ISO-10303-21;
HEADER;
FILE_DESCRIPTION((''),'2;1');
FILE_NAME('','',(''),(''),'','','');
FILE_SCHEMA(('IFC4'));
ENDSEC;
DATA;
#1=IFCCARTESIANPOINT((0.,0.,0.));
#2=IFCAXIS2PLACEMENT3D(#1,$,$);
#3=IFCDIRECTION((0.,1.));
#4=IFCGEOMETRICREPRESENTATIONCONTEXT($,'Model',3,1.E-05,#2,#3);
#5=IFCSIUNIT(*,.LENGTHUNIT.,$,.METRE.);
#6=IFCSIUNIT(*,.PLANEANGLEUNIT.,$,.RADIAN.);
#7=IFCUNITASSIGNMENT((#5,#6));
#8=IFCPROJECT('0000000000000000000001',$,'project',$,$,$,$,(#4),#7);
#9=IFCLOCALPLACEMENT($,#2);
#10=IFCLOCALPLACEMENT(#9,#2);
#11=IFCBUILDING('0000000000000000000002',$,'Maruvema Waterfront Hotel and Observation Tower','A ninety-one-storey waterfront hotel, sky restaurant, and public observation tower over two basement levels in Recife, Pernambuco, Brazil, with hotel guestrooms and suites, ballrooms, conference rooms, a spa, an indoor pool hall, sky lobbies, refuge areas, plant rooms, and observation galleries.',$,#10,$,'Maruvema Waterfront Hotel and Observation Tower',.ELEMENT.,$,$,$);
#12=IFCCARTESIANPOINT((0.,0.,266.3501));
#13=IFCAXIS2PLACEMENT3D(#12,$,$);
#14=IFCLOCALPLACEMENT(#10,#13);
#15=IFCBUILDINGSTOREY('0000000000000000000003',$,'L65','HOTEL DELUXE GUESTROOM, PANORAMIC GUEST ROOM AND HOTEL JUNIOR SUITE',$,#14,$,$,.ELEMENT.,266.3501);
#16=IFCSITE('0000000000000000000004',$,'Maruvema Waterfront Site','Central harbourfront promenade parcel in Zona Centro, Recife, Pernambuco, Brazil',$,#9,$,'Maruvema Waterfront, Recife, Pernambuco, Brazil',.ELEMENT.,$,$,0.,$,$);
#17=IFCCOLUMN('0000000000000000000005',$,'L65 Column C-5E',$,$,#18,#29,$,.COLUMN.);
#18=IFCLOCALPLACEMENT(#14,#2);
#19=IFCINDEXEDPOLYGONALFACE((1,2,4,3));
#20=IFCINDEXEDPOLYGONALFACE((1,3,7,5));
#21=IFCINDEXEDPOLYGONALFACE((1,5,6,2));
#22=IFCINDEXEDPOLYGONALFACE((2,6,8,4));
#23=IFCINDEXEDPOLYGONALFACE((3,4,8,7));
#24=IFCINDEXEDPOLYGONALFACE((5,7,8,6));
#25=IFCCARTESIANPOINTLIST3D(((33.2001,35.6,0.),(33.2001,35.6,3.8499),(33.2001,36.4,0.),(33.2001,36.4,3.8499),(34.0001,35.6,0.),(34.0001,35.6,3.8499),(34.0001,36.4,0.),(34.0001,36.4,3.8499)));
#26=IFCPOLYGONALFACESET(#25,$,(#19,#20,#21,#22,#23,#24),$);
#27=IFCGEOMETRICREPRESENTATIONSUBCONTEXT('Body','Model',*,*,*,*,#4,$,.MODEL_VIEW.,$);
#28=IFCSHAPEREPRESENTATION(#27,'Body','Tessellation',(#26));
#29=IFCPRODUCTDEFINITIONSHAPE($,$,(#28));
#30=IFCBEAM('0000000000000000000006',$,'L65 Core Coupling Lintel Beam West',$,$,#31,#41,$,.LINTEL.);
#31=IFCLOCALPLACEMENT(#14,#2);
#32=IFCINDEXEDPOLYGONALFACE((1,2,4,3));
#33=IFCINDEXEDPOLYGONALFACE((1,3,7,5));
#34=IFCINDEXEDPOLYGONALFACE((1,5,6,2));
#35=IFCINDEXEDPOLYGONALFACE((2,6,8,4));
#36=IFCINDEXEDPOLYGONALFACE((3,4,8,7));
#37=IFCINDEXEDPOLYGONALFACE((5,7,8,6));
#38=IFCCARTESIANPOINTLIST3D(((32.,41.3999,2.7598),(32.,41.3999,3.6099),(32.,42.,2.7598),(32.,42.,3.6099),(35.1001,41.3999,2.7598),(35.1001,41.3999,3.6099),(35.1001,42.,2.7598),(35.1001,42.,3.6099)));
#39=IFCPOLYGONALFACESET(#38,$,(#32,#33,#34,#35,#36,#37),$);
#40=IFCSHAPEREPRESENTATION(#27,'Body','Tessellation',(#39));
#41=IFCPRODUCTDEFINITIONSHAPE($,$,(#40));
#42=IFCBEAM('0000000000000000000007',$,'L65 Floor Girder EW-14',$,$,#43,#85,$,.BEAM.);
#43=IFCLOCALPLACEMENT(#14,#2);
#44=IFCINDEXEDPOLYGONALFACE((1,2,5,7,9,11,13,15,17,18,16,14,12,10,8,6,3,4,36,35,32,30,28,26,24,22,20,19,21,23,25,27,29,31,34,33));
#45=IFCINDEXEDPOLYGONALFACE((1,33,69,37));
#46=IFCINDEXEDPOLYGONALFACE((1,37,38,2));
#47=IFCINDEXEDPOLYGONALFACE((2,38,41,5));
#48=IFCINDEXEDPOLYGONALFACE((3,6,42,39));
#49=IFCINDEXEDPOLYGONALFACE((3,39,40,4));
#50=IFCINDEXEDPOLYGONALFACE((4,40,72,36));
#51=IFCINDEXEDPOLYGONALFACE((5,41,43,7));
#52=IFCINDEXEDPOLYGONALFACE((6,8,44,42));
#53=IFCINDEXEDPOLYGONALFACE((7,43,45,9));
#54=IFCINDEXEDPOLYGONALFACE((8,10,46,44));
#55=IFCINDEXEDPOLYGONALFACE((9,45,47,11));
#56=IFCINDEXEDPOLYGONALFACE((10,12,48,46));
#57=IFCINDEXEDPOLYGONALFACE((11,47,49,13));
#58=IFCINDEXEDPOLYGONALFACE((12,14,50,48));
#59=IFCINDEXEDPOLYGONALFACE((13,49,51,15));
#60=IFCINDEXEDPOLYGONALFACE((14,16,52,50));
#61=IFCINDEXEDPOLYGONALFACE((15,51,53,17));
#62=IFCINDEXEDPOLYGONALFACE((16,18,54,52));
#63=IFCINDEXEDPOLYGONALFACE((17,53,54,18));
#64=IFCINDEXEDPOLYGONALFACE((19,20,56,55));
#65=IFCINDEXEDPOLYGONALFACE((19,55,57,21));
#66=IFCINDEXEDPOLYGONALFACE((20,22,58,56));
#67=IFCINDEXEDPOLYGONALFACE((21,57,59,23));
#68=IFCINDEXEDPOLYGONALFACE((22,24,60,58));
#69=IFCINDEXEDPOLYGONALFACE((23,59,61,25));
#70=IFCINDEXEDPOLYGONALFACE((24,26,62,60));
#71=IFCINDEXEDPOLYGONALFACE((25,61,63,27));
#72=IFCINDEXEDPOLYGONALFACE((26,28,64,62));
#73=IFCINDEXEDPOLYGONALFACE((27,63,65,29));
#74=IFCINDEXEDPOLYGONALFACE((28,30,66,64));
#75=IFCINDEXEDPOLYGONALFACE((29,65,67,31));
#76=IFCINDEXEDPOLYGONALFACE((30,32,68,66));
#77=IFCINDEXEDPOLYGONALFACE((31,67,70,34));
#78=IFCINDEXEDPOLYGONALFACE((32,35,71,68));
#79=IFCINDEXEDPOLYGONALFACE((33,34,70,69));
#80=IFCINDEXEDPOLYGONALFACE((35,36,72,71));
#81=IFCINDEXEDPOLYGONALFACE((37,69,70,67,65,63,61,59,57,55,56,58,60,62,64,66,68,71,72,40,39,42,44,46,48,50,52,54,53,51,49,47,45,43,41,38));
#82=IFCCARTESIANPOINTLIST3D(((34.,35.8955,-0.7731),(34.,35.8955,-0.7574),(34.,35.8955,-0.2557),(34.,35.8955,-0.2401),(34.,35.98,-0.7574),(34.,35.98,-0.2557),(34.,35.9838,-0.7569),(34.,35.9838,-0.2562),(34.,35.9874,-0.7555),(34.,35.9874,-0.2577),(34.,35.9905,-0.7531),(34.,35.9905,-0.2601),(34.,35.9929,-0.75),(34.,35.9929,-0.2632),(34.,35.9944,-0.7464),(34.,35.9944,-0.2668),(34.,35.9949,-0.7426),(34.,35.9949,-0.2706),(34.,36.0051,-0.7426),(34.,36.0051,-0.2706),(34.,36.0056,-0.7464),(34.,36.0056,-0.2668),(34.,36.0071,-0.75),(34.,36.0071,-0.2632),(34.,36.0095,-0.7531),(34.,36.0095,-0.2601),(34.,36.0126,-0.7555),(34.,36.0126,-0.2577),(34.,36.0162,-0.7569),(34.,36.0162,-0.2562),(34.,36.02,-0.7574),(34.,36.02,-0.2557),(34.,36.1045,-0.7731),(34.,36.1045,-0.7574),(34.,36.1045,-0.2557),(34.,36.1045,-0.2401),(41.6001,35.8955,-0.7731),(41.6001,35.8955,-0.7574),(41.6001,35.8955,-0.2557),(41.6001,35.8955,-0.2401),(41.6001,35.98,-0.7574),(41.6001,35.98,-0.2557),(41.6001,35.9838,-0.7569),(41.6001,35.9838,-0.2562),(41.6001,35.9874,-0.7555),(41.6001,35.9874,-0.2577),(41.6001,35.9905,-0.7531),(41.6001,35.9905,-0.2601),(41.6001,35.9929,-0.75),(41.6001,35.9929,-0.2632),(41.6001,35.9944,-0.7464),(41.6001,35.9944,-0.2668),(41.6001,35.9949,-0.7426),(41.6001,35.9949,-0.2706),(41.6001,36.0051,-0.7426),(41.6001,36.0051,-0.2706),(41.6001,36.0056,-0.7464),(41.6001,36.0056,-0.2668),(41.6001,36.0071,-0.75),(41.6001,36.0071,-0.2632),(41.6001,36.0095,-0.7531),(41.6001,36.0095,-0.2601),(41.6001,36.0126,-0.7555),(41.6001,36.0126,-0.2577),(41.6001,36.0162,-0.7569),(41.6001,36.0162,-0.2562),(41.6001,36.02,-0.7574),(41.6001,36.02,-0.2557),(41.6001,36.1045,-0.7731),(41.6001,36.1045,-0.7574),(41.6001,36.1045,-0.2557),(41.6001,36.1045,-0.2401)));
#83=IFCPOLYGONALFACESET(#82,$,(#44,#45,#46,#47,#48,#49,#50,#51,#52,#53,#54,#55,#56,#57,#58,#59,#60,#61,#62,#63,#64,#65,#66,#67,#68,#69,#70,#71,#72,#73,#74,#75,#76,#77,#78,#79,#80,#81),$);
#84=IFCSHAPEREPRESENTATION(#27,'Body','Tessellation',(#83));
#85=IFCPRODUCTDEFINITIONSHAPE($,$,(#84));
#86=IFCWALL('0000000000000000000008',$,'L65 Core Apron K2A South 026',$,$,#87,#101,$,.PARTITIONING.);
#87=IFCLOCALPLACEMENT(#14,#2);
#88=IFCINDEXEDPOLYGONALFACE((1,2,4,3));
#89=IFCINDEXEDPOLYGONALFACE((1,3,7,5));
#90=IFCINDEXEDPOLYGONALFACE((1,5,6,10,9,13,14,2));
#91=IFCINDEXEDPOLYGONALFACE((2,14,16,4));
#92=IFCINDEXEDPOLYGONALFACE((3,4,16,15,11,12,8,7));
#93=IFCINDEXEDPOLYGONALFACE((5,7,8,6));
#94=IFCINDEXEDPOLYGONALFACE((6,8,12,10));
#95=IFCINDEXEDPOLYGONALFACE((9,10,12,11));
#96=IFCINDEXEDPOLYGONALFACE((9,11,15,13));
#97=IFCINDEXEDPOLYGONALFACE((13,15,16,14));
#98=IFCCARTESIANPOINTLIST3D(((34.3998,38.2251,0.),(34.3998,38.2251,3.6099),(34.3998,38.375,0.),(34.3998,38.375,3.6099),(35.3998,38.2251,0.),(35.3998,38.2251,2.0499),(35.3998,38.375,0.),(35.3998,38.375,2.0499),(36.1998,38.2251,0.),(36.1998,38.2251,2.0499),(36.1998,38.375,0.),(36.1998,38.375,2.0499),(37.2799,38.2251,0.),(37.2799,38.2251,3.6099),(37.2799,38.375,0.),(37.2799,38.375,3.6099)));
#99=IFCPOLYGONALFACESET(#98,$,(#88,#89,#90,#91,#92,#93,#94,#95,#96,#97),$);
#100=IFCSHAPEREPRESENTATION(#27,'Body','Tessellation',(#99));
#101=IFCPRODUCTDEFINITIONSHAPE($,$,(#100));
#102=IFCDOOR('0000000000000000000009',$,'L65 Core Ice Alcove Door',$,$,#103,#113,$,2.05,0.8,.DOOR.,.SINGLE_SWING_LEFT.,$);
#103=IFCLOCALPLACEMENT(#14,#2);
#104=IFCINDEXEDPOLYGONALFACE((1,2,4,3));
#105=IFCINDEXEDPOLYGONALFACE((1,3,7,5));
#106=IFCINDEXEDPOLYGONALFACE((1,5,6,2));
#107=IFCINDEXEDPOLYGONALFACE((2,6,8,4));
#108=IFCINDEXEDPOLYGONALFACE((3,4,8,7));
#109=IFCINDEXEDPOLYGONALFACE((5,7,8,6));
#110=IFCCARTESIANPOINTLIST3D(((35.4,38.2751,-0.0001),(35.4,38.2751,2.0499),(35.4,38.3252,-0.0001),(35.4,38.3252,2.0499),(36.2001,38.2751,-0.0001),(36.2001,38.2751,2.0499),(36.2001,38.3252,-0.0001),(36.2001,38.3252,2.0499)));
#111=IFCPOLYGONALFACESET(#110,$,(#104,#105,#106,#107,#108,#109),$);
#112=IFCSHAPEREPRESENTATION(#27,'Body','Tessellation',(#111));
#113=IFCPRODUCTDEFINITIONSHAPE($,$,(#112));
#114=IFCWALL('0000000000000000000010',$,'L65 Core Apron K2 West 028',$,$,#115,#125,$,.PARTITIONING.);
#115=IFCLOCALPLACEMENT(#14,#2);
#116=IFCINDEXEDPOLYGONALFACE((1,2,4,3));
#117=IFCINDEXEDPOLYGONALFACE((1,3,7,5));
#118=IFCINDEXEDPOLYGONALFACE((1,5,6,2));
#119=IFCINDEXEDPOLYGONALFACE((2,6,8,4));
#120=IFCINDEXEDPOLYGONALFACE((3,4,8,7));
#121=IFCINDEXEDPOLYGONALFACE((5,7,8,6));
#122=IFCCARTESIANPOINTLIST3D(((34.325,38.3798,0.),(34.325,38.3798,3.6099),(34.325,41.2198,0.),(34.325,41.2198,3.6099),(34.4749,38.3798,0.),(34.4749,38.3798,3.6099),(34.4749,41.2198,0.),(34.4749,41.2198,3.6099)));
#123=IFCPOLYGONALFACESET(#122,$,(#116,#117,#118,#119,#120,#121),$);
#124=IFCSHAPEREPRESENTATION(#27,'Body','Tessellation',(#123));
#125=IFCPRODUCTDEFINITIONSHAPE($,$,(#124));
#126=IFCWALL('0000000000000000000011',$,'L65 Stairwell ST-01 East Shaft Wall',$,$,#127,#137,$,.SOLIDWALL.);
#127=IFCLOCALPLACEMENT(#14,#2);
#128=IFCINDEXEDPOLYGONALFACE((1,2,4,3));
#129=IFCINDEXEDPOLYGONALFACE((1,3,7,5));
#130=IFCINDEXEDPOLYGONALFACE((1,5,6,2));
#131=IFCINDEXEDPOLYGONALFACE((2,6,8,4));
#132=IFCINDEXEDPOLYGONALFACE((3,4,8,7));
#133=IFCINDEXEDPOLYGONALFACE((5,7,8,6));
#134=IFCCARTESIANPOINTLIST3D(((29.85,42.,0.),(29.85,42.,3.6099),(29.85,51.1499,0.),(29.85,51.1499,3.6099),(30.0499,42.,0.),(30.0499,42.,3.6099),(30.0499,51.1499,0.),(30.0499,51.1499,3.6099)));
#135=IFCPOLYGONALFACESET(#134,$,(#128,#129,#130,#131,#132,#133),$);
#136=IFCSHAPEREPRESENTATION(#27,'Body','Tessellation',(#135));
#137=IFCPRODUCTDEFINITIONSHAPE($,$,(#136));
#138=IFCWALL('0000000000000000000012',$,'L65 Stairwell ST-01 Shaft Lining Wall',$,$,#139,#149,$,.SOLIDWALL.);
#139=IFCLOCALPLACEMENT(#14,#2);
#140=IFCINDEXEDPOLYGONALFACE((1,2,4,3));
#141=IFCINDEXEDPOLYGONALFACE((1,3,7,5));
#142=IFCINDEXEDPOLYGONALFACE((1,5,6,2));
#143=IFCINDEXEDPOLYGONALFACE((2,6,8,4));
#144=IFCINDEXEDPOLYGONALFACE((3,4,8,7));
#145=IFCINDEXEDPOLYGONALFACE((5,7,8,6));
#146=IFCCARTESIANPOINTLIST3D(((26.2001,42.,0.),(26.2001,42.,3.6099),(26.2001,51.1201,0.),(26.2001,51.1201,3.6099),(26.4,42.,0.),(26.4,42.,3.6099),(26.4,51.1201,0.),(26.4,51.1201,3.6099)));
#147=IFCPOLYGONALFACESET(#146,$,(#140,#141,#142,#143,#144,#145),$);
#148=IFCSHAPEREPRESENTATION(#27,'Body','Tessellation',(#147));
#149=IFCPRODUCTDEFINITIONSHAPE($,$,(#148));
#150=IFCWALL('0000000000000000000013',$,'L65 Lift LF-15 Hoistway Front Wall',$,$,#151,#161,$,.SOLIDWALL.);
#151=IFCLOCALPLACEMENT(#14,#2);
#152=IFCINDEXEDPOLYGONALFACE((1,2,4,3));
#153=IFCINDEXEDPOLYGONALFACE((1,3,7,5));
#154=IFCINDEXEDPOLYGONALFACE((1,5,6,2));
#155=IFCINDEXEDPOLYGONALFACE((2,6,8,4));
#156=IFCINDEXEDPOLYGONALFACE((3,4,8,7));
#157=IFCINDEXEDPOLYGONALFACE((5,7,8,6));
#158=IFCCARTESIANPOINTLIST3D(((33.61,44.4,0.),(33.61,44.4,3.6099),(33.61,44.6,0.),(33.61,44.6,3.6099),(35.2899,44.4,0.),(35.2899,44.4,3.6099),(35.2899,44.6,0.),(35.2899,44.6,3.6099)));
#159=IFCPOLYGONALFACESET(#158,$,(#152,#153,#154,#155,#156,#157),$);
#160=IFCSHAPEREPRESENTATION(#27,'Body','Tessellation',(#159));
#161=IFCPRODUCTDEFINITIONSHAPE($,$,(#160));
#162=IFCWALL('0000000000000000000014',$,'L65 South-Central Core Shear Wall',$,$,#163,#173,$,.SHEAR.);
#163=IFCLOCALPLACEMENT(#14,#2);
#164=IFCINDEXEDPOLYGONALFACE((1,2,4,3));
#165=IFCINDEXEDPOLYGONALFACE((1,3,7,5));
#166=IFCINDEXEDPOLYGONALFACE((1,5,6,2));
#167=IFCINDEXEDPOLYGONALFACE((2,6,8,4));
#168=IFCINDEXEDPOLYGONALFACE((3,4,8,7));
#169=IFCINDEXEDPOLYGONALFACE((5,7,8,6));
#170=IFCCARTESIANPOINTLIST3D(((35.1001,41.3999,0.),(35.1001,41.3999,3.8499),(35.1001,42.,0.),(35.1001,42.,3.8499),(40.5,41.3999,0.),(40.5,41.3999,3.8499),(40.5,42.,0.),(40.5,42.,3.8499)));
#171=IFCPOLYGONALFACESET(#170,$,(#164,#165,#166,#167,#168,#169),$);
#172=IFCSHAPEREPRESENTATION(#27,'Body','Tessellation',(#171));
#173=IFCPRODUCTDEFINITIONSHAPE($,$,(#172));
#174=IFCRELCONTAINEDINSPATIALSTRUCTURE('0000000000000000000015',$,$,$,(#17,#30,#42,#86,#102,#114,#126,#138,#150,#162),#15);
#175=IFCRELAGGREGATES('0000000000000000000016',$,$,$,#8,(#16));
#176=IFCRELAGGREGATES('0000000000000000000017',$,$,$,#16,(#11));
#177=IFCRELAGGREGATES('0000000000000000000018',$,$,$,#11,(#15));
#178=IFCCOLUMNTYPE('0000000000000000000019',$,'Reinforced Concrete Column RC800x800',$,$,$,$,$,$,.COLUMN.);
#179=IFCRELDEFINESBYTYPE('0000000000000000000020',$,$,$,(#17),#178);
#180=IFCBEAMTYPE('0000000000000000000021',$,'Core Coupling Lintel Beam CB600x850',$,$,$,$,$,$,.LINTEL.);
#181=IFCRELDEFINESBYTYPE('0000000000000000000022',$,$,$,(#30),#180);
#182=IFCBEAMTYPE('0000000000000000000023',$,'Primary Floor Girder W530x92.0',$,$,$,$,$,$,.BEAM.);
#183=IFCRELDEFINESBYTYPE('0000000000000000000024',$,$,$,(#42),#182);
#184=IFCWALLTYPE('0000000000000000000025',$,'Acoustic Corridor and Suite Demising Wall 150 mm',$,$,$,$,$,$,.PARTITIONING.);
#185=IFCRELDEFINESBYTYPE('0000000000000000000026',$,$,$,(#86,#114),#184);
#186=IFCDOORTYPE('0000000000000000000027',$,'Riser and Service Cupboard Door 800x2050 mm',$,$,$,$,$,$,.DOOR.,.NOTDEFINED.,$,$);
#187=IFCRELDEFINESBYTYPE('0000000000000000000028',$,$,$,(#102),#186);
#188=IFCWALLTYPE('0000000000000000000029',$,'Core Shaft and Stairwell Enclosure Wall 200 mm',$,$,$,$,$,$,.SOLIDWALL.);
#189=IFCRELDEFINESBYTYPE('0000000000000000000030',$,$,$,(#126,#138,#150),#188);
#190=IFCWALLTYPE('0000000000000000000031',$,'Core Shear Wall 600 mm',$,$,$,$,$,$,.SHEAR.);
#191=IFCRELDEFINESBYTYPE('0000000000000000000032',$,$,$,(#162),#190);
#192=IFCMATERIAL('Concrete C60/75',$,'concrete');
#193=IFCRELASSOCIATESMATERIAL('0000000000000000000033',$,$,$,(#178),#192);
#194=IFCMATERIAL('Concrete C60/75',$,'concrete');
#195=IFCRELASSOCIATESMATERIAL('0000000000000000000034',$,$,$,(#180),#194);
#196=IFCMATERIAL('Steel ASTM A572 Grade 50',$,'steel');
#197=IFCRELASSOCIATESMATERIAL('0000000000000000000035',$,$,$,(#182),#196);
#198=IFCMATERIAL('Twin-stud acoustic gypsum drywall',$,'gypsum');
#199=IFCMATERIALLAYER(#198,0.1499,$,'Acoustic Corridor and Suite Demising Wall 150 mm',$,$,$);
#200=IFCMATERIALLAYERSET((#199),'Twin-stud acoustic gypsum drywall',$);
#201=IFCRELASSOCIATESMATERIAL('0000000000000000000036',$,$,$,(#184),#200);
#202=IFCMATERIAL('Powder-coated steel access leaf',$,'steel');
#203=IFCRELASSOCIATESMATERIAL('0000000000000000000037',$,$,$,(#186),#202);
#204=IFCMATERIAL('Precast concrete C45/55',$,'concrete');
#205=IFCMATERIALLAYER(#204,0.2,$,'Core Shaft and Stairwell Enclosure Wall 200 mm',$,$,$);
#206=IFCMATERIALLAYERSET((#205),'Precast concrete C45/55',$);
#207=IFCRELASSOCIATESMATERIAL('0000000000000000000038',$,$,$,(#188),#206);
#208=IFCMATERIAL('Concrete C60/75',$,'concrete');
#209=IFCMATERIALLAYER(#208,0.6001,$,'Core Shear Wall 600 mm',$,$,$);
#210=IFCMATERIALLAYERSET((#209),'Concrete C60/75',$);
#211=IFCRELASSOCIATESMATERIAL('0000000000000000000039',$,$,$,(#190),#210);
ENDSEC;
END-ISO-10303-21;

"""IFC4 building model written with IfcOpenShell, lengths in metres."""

from ifc_helpers import new_model, si_unit, direction, frame, frame_2d, origin, origin_2d, place, context, subcontext, project, spatial, rectangle, i_section, extrude, material, layer, layer_set, material_profile, profile_set, type_object, element, fill, save


model = new_model("IFC4")

# Units and contexts
model_context = context("Model", 3, precision=1e-05, world=origin(), true_north=direction((0.0, 1.0)))
body_context = subcontext(model_context, "Body", "Model", "MODEL_VIEW")
ifc_project = project(units=[si_unit("LENGTHUNIT", "METRE"), si_unit("PLANEANGLEUNIT", "RADIAN")], contexts=[model_context])

# Site, building, storey
site_placement = place(None, origin())
site = spatial("IfcSite", under=ifc_project, at=site_placement, Name="Maruvema Waterfront Site", Description="Central harbourfront promenade parcel in Zona Centro, Recife, Pernambuco, Brazil", LongName="Maruvema Waterfront, Recife, Pernambuco, Brazil", CompositionType="ELEMENT", RefElevation=0.0)
building_placement = place(site_placement, origin())
building = spatial("IfcBuilding", under=site, at=building_placement, Name="Maruvema Waterfront Hotel and Observation Tower", Description="A ninety-one-storey waterfront hotel, sky restaurant, and public observation tower over two basement levels in Recife, Pernambuco, Brazil, with hotel guestrooms and suites, ballrooms, conference rooms, a spa, an indoor pool hall, sky lobbies, refuge areas, plant rooms, and observation galleries.", LongName="Maruvema Waterfront Hotel and Observation Tower", CompositionType="ELEMENT")
storey_placement = place(building_placement, frame((0.0, 0.0, 266.3501)))
storey = spatial("IfcBuildingStorey", under=building, at=storey_placement, Name="L65", Description="HOTEL DELUXE GUESTROOM, PANORAMIC GUEST ROOM AND HOTEL JUNIOR SUITE", CompositionType="ELEMENT", Elevation=266.3501)

# Column
ifc_material_1 = material(Name="Concrete C60/75", Category="concrete")
ifc_material_profile_1 = material_profile(ifc_material_1, rectangle(XDim=0.8, YDim=0.8, at=origin_2d()), Name="RC800x800")
ifc_profile_set_1 = profile_set([ifc_material_profile_1], Name="Concrete C60/75")
column_type = type_object("IfcColumnType", Name="Reinforced Concrete Column RC800x800", PredefinedType="COLUMN", material=ifc_profile_set_1)
column_placement = place(storey_placement, frame((33.6001, 36.0, 0.0), z_axis=(0.0, 0.0, 1.0), x_axis=(1.0, 0.0, 0.0)))
element("IfcColumn", 1, at=column_placement, inside=storey, type_object=column_type, Name="L65 Column C-5E", PredefinedType="COLUMN", context=body_context, shape_type="SweptSolid", body=[
    extrude(rectangle(XDim=0.8, YDim=0.8, at=origin_2d()), origin(), (0.0, 0.0, 1.0), 3.8499),
])

# Beams
ifc_material_2 = material(Name="Concrete C60/75", Category="concrete")
ifc_material_profile_2 = material_profile(ifc_material_2, rectangle(XDim=0.6001, YDim=0.8501, at=origin_2d()), Name="CB600x850")
ifc_profile_set_2 = profile_set([ifc_material_profile_2], Name="Concrete C60/75")
beam_type_1 = type_object("IfcBeamType", Name="Core Coupling Lintel Beam CB600x850", PredefinedType="LINTEL", material=ifc_profile_set_2)
beam_1_placement = place(storey_placement, frame((32.0, 41.7, 3.1848), z_axis=(1.0, 0.0, 0.0), x_axis=(0.0, 1.0, 0.0)))
element("IfcBeam", 2, at=beam_1_placement, inside=storey, type_object=beam_type_1, Name="L65 Core Coupling Lintel Beam West", PredefinedType="LINTEL", context=body_context, shape_type="SweptSolid", body=[
    extrude(rectangle(XDim=0.6001, YDim=0.8501, at=origin_2d()), origin(), (0.0, 0.0, 1.0), 3.1001),
])
ifc_material_3 = material(Name="Steel ASTM A572 Grade 50", Category="steel")
ifc_material_profile_3 = material_profile(ifc_material_3, i_section(OverallWidth=0.209, OverallDepth=0.533, WebThickness=0.0103, FlangeThickness=0.0156, FilletRadius=0.0149, at=origin_2d()), Name="W530x92.0")
ifc_profile_set_3 = profile_set([ifc_material_profile_3], Name="Steel ASTM A572 Grade 50")
beam_type_2 = type_object("IfcBeamType", Name="Primary Floor Girder W530x92.0", PredefinedType="BEAM", material=ifc_profile_set_3)
beam_2_placement = place(storey_placement, frame((34.0, 36.0, -0.5066), z_axis=(1.0, 0.0, 0.0), x_axis=(0.0, 1.0, 0.0)))
element("IfcBeam", 3, at=beam_2_placement, inside=storey, type_object=beam_type_2, Name="L65 Floor Girder EW-14", PredefinedType="BEAM", context=body_context, shape_type="SweptSolid", body=[
    extrude(i_section(OverallWidth=0.209, OverallDepth=0.533, WebThickness=0.0103, FlangeThickness=0.0156, FilletRadius=0.0149, at=origin_2d()), origin(), (0.0, 0.0, 1.0), 7.6001),
])

# Wall, opening, door
ifc_material_4 = material(Name="Twin-stud acoustic gypsum drywall", Category="gypsum")
ifc_layer_1 = layer(ifc_material_4, 0.1499, Name="Acoustic Corridor and Suite Demising Wall 150 mm")
ifc_layer_set_1 = layer_set([ifc_layer_1], Name="Twin-stud acoustic gypsum drywall")
wall_type_1 = type_object("IfcWallType", Name="Acoustic Corridor and Suite Demising Wall 150 mm", PredefinedType="PARTITIONING", material=ifc_layer_set_1)
wall_1_placement = place(storey_placement, frame((34.3999, 38.3, 0.0), z_axis=(0.0, 0.0, 1.0), x_axis=(1.0, 0.0, 0.0)))
wall_1 = element("IfcWall", 4, at=wall_1_placement, inside=storey, type_object=wall_type_1, Name="L65 Core Apron K2A South 026", PredefinedType="PARTITIONING", context=body_context, shape_type="SweptSolid", body=[
    extrude(rectangle(XDim=2.8801, YDim=0.1499, at=frame_2d((1.4399, 0.0))), origin(), (0.0, 0.0, 1.0), 3.6099),
])
opening_1_placement = place(wall_1_placement, frame((1.0, 0.0, 0.0)))
opening_1 = element("IfcOpeningElement", 5, at=opening_1_placement, cuts=wall_1, PredefinedType="OPENING", context=body_context, shape_type="SweptSolid", body=[
    extrude(rectangle(XDim=0.8, YDim=2.05, at=frame_2d((0.3999, 1.0249))), frame((0.0, 0.085, 0.0), z_axis=(0.0, -1.0, 0.0), x_axis=(1.0, 0.0, 0.0)), (0.0, 0.0, 1.0), 0.1699),
])
ifc_material_5 = material(Name="Powder-coated steel access leaf", Category="steel")
door_type_1 = type_object("IfcDoorType", Name="Riser and Service Cupboard Door 800x2050 mm", OperationType="NOTDEFINED", PredefinedType="DOOR", material=ifc_material_5)
door_1_placement = place(opening_1_placement, frame((0.8, 0.0, 0.0), z_axis=(0.0, 0.0, 1.0), x_axis=(-1.0, 0.0, 0.0)))
door_1 = element("IfcDoor", 6, at=door_1_placement, inside=storey, type_object=door_type_1, Name="L65 Core Ice Alcove Door", OperationType="SINGLE_SWING_LEFT", OverallHeight=2.05, OverallWidth=0.8, PredefinedType="DOOR", context=body_context, shape_type="SweptSolid", body=[
    extrude(rectangle(XDim=0.8, YDim=2.05, at=frame_2d((0.3999, 1.0249))), frame((0.0, 0.0249, 0.0), z_axis=(0.0, -1.0, 0.0), x_axis=(1.0, 0.0, 0.0)), (0.0, 0.0, 1.0), 0.05),
])
fill(opening_1, door_1)

# Walls
wall_2_placement = place(storey_placement, frame((34.3999, 38.3799, 0.0), z_axis=(0.0, 0.0, 1.0), x_axis=(0.0, 1.0, 0.0)))
element("IfcWall", 7, at=wall_2_placement, inside=storey, type_object=wall_type_1, Name="L65 Core Apron K2 West 028", PredefinedType="PARTITIONING", context=body_context, shape_type="SweptSolid", body=[
    extrude(rectangle(XDim=2.8401, YDim=0.1499, at=frame_2d((1.4199, 0.0))), origin(), (0.0, 0.0, 1.0), 3.6099),
])
ifc_material_6 = material(Name="Precast concrete C45/55", Category="concrete")
ifc_layer_2 = layer(ifc_material_6, 0.2, Name="Core Shaft and Stairwell Enclosure Wall 200 mm")
ifc_layer_set_2 = layer_set([ifc_layer_2], Name="Precast concrete C45/55")
wall_type_2 = type_object("IfcWallType", Name="Core Shaft and Stairwell Enclosure Wall 200 mm", PredefinedType="SOLIDWALL", material=ifc_layer_set_2)
wall_3_placement = place(storey_placement, frame((29.95, 42.0, 0.0), z_axis=(0.0, 0.0, 1.0), x_axis=(0.0, 1.0, 0.0)))
element("IfcWall", 8, at=wall_3_placement, inside=storey, type_object=wall_type_2, Name="L65 Stairwell ST-01 East Shaft Wall", PredefinedType="SOLIDWALL", context=body_context, shape_type="SweptSolid", body=[
    extrude(rectangle(XDim=9.1499, YDim=0.2, at=frame_2d((4.575, 0.0))), origin(), (0.0, 0.0, 1.0), 3.6099),
])
wall_4_placement = place(storey_placement, frame((26.3, 42.0, 0.0), z_axis=(0.0, 0.0, 1.0), x_axis=(0.0, 1.0, 0.0)))
element("IfcWall", 9, at=wall_4_placement, inside=storey, type_object=wall_type_2, Name="L65 Stairwell ST-01 Shaft Lining Wall", PredefinedType="SOLIDWALL", context=body_context, shape_type="SweptSolid", body=[
    extrude(rectangle(XDim=9.1201, YDim=0.2, at=frame_2d((4.5601, 0.0))), origin(), (0.0, 0.0, 1.0), 3.6099),
])
wall_5_placement = place(storey_placement, frame((33.6101, 44.5, 0.0), z_axis=(0.0, 0.0, 1.0), x_axis=(1.0, 0.0, 0.0)))
element("IfcWall", 10, at=wall_5_placement, inside=storey, type_object=wall_type_2, Name="L65 Lift LF-15 Hoistway Front Wall", PredefinedType="SOLIDWALL", context=body_context, shape_type="SweptSolid", body=[
    extrude(rectangle(XDim=1.6799, YDim=0.2, at=frame_2d((0.8398, 0.0))), origin(), (0.0, 0.0, 1.0), 3.6099),
])
ifc_material_7 = material(Name="Concrete C60/75", Category="concrete")
ifc_layer_3 = layer(ifc_material_7, 0.6001, Name="Core Shear Wall 600 mm")
ifc_layer_set_3 = layer_set([ifc_layer_3], Name="Concrete C60/75")
wall_type_3 = type_object("IfcWallType", Name="Core Shear Wall 600 mm", PredefinedType="SHEAR", material=ifc_layer_set_3)
wall_6_placement = place(storey_placement, frame((35.1001, 41.7, 0.0), z_axis=(0.0, 0.0, 1.0), x_axis=(1.0, 0.0, 0.0)))
element("IfcWall", 11, at=wall_6_placement, inside=storey, type_object=wall_type_3, Name="L65 South-Central Core Shear Wall", PredefinedType="SHEAR", context=body_context, shape_type="SweptSolid", body=[
    extrude(rectangle(XDim=5.3999, YDim=0.6001, at=frame_2d((2.7, 0.0))), origin(), (0.0, 0.0, 1.0), 3.8499),
])

save(model, "model.ifc")
